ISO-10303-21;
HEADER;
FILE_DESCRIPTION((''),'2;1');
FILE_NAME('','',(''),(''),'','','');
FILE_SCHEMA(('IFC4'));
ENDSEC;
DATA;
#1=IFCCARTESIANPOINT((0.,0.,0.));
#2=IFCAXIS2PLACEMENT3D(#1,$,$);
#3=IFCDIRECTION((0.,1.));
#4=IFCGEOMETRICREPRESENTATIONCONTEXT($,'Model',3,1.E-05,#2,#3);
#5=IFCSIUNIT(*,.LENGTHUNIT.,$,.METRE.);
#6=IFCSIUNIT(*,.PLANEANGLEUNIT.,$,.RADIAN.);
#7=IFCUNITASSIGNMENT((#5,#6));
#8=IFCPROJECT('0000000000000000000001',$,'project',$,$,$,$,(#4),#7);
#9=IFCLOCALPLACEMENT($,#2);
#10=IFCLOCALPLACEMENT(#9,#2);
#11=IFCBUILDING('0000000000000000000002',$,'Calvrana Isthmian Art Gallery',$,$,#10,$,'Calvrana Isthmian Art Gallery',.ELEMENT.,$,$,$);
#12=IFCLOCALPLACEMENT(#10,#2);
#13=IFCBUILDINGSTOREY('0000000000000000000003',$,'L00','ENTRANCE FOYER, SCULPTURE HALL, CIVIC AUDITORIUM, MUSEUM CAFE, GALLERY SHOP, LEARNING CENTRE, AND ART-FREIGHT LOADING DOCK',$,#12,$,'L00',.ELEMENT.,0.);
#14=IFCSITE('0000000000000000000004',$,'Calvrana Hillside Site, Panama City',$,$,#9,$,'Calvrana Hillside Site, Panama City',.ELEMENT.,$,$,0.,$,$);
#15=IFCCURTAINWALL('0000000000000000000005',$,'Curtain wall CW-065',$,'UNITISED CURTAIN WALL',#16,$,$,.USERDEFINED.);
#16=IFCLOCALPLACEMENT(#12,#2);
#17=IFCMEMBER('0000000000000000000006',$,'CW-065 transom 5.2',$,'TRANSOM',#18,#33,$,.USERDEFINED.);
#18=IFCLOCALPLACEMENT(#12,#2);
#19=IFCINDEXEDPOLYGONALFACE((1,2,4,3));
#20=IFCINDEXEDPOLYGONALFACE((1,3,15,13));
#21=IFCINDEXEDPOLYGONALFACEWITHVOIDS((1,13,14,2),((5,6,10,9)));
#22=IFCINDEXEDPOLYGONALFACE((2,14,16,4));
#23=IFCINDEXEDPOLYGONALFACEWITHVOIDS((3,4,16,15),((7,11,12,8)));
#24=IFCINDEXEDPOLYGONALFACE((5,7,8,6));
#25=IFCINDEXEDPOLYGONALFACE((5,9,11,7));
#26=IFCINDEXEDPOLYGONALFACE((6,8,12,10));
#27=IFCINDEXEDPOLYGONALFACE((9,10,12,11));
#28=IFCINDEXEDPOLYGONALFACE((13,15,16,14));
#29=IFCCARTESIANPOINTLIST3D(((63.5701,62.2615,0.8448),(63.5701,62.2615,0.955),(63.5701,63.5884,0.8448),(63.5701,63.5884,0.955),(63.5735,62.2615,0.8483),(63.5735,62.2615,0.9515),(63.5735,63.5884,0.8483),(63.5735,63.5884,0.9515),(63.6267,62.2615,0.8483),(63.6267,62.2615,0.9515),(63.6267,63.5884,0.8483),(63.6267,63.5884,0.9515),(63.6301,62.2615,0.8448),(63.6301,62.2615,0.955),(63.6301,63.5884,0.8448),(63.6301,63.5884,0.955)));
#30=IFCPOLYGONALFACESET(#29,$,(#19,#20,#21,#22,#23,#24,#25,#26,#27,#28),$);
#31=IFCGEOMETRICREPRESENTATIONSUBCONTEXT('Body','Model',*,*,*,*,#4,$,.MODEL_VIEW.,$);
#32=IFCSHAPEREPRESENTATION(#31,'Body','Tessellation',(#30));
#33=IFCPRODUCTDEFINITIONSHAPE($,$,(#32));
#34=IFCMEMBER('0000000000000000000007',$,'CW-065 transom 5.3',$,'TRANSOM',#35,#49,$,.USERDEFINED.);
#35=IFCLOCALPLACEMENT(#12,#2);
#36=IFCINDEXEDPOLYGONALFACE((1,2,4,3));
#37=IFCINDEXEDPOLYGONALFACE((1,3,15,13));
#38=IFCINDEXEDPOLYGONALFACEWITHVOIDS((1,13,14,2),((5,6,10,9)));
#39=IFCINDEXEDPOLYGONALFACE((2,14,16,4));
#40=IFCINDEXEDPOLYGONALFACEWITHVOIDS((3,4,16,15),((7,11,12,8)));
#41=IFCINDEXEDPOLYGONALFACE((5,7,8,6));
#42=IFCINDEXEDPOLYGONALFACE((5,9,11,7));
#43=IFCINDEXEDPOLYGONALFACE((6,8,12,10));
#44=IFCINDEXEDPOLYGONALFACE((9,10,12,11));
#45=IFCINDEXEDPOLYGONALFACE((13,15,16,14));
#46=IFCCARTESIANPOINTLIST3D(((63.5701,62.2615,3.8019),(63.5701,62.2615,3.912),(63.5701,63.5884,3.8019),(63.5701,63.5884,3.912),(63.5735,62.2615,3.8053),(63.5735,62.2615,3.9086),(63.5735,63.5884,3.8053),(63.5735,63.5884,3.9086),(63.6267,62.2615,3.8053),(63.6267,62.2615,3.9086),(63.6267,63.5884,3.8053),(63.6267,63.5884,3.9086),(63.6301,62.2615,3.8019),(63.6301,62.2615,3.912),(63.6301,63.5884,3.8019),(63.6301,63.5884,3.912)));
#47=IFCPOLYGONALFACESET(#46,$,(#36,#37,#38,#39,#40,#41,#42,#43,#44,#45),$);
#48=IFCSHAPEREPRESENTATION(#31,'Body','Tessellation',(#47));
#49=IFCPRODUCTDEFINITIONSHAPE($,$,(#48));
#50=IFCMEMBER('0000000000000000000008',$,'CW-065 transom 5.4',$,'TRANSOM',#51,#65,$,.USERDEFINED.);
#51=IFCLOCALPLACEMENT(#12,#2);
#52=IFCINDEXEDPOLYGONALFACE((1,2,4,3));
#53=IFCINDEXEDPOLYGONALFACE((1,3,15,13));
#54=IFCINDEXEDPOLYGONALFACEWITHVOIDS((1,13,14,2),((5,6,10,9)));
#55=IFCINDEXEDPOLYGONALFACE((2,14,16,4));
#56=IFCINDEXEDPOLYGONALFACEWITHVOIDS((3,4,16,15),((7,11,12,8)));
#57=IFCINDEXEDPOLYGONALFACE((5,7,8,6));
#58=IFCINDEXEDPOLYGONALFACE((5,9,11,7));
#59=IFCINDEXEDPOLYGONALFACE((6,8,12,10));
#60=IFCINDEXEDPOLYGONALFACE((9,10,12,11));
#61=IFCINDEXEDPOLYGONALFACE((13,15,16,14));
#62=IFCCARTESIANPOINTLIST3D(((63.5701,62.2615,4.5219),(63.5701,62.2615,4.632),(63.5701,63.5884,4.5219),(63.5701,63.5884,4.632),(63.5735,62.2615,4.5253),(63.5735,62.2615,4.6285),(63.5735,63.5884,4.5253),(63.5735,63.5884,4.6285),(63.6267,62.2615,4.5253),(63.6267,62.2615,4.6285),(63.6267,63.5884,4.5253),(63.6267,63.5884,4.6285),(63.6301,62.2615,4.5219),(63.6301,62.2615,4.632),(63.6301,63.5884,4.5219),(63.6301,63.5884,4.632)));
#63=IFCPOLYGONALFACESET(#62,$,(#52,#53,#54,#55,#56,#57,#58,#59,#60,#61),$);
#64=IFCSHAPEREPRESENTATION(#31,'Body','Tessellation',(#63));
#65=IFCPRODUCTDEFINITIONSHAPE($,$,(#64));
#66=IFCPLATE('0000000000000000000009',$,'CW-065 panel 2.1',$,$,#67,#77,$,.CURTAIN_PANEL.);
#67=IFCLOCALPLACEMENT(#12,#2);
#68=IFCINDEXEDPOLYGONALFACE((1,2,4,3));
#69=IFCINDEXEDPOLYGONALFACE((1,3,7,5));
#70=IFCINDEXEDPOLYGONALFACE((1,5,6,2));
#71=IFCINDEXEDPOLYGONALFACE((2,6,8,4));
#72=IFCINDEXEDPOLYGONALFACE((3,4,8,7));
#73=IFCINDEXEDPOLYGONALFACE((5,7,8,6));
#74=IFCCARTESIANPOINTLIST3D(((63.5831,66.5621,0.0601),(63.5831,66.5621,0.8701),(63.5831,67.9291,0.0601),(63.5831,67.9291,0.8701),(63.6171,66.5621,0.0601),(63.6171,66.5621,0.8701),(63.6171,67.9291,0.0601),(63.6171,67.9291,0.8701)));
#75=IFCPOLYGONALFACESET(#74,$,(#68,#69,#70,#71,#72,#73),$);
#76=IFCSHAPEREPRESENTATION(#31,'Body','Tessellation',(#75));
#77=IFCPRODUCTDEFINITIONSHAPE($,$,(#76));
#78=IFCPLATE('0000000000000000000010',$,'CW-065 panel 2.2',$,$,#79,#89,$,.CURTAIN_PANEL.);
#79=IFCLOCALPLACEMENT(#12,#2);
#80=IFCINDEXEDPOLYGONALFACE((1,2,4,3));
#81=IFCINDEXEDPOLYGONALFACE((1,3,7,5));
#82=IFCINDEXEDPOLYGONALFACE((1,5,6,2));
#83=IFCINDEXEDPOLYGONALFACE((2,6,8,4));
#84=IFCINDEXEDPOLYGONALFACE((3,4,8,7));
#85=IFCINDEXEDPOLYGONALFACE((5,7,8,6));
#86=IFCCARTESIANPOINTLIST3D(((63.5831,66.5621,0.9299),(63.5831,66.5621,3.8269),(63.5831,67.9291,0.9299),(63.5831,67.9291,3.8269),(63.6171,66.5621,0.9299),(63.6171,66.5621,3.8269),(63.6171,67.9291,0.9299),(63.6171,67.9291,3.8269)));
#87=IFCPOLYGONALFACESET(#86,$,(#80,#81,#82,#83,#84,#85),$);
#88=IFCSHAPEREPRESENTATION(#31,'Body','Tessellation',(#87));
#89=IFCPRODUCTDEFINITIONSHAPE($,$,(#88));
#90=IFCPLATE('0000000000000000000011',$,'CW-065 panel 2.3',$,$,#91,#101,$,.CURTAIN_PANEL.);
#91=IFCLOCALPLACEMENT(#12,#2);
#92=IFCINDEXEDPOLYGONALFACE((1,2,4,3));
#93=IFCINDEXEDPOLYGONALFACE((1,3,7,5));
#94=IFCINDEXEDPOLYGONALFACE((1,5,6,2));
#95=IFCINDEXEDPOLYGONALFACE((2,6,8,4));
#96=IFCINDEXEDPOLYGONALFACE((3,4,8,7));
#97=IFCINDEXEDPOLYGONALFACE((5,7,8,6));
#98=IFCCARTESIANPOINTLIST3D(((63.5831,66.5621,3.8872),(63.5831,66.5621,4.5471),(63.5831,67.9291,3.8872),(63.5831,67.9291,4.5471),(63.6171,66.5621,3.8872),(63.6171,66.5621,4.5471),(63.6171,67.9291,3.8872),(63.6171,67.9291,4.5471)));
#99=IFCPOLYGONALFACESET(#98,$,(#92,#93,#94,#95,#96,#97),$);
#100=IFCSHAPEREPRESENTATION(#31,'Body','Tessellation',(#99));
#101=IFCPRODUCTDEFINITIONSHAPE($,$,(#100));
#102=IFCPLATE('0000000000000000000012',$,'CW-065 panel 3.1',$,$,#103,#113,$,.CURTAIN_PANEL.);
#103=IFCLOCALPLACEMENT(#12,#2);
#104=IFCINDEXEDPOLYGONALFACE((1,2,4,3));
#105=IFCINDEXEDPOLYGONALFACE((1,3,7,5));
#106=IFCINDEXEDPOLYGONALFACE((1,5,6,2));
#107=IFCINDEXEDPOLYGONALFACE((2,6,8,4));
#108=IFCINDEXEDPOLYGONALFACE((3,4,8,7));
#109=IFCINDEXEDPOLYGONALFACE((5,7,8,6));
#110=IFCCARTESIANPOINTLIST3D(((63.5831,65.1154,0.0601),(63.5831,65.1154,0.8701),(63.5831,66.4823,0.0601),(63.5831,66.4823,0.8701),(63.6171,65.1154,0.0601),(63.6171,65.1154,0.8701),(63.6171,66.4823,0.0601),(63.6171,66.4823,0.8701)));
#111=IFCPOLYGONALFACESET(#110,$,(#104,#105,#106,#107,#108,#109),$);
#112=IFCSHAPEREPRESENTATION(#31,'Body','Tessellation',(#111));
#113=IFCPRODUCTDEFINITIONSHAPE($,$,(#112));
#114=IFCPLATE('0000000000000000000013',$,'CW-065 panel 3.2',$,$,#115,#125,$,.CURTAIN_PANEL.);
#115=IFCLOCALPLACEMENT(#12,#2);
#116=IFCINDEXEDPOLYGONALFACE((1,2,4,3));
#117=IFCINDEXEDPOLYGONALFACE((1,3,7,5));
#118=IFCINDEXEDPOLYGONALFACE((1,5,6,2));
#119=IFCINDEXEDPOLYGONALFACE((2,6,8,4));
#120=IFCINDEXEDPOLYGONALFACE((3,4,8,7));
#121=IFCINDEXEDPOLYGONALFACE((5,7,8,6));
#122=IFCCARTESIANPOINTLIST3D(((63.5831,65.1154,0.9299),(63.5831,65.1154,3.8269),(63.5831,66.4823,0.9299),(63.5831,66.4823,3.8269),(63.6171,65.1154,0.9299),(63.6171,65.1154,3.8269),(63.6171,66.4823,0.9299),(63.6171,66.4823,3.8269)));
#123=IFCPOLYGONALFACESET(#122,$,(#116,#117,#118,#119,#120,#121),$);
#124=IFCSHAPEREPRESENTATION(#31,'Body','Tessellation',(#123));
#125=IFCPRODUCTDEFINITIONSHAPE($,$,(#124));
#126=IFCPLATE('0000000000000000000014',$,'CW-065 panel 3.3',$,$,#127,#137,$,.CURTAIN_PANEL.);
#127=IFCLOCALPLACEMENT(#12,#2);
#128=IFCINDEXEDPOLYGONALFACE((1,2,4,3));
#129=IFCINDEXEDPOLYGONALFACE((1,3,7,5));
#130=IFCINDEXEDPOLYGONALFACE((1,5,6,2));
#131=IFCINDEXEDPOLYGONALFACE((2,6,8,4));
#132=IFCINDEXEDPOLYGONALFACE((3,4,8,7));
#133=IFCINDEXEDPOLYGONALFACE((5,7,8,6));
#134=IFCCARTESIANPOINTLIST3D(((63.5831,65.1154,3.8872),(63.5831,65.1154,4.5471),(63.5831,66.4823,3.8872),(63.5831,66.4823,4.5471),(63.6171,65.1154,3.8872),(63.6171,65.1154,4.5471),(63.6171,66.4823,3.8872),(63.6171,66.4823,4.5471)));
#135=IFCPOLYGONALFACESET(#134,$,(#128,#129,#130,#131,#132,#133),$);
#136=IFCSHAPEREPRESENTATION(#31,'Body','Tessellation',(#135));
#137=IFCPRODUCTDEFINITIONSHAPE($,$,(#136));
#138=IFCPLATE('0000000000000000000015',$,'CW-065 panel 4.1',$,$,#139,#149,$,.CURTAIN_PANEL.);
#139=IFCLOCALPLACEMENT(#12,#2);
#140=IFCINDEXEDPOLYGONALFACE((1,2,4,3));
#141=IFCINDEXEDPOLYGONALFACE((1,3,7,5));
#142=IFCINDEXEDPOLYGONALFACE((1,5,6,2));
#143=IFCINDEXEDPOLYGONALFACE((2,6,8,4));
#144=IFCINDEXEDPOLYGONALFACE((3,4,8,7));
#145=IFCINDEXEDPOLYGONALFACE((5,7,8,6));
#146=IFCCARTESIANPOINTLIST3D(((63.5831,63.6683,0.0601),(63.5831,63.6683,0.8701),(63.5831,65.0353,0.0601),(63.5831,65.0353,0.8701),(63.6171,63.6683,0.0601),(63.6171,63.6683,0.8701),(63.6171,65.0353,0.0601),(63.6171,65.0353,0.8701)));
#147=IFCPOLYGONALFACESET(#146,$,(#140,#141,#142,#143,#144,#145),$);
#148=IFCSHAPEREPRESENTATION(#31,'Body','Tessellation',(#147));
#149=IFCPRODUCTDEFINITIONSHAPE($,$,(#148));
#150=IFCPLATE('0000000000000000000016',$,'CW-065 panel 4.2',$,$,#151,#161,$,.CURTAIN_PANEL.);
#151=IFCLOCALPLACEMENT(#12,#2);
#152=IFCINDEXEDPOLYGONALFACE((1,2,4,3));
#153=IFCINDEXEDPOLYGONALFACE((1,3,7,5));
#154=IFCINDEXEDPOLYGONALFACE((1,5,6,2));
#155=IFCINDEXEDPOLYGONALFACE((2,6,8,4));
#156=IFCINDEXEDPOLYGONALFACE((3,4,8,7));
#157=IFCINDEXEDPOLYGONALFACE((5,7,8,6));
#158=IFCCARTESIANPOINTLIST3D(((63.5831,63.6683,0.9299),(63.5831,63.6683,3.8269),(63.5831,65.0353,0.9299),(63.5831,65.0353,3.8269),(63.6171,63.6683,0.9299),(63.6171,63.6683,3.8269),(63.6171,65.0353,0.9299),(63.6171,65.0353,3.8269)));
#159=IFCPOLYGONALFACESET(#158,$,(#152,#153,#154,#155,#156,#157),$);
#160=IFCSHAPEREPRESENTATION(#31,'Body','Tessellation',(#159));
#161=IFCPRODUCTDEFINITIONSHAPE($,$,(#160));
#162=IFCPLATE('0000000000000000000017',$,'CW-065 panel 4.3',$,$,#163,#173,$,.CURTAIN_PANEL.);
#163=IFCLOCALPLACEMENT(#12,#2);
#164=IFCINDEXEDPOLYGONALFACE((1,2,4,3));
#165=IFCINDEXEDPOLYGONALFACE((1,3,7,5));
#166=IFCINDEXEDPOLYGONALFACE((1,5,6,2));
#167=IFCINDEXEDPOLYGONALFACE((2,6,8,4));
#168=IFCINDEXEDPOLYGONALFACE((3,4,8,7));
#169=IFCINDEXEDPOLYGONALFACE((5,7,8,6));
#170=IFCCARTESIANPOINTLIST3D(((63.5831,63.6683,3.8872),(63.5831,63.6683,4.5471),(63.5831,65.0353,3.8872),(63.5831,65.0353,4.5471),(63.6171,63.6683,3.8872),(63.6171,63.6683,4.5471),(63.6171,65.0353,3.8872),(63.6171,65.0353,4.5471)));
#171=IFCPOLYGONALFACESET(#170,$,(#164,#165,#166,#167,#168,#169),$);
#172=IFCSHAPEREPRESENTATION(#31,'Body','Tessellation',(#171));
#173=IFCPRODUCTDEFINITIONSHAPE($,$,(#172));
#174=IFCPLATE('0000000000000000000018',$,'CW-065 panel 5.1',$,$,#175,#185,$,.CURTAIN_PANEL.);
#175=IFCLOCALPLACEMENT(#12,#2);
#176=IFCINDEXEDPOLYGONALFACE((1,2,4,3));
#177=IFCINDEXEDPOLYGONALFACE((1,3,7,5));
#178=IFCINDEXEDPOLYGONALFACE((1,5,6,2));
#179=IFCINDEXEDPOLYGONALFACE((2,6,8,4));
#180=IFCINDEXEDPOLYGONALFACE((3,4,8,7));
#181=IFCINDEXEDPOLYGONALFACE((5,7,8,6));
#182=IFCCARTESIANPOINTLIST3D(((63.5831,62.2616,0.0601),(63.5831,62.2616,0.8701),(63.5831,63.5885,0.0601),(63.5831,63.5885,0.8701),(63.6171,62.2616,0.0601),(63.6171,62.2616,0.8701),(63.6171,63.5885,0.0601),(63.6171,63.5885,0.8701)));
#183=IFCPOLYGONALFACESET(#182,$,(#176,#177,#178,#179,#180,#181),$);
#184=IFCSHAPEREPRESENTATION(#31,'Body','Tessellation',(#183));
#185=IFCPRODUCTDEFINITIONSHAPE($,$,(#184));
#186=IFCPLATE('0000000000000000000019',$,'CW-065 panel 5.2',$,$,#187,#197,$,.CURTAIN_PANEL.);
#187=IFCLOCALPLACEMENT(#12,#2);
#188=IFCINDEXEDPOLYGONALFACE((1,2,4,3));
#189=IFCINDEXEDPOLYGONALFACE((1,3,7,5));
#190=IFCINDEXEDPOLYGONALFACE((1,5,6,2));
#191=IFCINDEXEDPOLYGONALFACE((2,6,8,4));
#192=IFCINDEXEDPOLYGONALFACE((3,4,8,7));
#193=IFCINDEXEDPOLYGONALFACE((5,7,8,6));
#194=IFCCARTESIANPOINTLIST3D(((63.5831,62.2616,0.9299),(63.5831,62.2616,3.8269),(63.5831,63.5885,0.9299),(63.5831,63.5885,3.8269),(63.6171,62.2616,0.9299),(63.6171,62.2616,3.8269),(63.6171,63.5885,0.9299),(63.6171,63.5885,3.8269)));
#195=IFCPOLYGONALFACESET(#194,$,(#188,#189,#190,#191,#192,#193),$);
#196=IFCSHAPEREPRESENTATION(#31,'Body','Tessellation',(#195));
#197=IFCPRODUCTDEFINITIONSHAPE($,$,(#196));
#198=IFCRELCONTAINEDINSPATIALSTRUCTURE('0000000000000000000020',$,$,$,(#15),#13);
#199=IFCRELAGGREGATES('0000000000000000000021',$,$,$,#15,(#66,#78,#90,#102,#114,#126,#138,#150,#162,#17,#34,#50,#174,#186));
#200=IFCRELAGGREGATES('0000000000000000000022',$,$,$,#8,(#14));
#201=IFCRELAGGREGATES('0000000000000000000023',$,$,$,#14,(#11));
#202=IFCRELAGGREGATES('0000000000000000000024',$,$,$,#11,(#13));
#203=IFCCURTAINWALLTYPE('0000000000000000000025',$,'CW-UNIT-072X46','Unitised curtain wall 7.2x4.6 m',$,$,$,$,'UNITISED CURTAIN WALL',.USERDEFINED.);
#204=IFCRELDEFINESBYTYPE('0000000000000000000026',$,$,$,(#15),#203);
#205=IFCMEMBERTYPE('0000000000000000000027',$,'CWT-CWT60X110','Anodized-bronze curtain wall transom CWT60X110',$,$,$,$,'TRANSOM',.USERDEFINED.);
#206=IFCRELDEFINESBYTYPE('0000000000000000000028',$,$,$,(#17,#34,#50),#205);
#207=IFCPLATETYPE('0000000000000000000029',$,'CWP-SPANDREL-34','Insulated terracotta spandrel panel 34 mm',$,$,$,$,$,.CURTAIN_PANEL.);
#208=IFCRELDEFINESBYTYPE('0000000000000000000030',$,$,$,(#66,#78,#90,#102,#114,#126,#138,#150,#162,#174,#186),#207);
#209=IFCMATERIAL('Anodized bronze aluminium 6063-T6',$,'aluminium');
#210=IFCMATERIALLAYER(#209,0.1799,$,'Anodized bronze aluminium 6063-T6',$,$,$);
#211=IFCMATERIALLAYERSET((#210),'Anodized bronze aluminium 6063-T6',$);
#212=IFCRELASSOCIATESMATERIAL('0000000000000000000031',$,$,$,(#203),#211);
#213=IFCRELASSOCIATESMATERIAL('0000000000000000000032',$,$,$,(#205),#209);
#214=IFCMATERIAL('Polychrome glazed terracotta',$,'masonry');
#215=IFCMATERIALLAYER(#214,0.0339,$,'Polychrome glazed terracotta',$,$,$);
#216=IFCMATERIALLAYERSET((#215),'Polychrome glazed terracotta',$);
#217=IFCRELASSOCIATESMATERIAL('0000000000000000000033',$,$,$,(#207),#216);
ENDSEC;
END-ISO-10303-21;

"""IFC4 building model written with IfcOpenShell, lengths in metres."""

from ifc_helpers import new_model, si_unit, direction, frame, origin, origin_2d, place, context, subcontext, project, spatial, rectangle, hollow_rectangle, extrude, material, layer, layer_set, material_profile, profile_set, type_object, element, aggregate, save


model = new_model("IFC4")

# Units and contexts
model_context = context("Model", 3, precision=1e-05, world=origin(), true_north=direction((0.0, 1.0)))
body_context = subcontext(model_context, "Body", "Model", "MODEL_VIEW")
ifc_project = project(units=[si_unit("LENGTHUNIT", "METRE"), si_unit("PLANEANGLEUNIT", "RADIAN")], contexts=[model_context])

# Site, building, storey
site_placement = place(None, origin())
site = spatial("IfcSite", under=ifc_project, at=site_placement, Name="Calvrana Hillside Site, Panama City", LongName="Calvrana Hillside Site, Panama City", CompositionType="ELEMENT", RefElevation=0.0)
building_placement = place(site_placement, origin())
building = spatial("IfcBuilding", under=site, at=building_placement, Name="Calvrana Isthmian Art Gallery", LongName="Calvrana Isthmian Art Gallery", CompositionType="ELEMENT")
storey_placement = place(building_placement, origin())
storey = spatial("IfcBuildingStorey", under=building, at=storey_placement, Name="L00", Description="ENTRANCE FOYER, SCULPTURE HALL, CIVIC AUDITORIUM, MUSEUM CAFE, GALLERY SHOP, LEARNING CENTRE, AND ART-FREIGHT LOADING DOCK", LongName="L00", CompositionType="ELEMENT", Elevation=0.0)

# Curtain wall, members, plates
ifc_material_1 = material(Name="Anodized bronze aluminium 6063-T6", Category="aluminium")
ifc_layer_1 = layer(ifc_material_1, 0.1799, Name="Anodized bronze aluminium 6063-T6")
ifc_layer_set_1 = layer_set([ifc_layer_1], Name="Anodized bronze aluminium 6063-T6")
curtain_wall_type = type_object("IfcCurtainWallType", Name="CW-UNIT-072X46", Description="Unitised curtain wall 7.2x4.6 m", ElementType="UNITISED CURTAIN WALL", PredefinedType="USERDEFINED", material=ifc_layer_set_1)
curtain_wall_placement = place(storey_placement, origin())
curtain_wall = element("IfcCurtainWall", 1, at=curtain_wall_placement, inside=storey, type_object=curtain_wall_type, Name="Curtain wall CW-065", ObjectType="UNITISED CURTAIN WALL", PredefinedType="USERDEFINED")
ifc_material_profile_1 = material_profile(ifc_material_1, hollow_rectangle(XDim=0.0601, YDim=0.1101, WallThickness=0.0034, at=origin_2d()), Name="CWT60X110")
ifc_profile_set_1 = profile_set([ifc_material_profile_1], Name="Anodized bronze aluminium 6063-T6")
member_type_1 = type_object("IfcMemberType", Name="CWT-CWT60X110", Description="Anodized-bronze curtain wall transom CWT60X110", ElementType="TRANSOM", PredefinedType="USERDEFINED", material=ifc_profile_set_1)
member_1_placement = place(storey_placement, frame((63.6001, 63.5884, 0.8999), z_axis=(0.0, -1.0, 0.0), x_axis=(1.0, 0.0, 0.0)))
member_1 = element("IfcMember", 2, at=member_1_placement, type_object=member_type_1, Name="CW-065 transom 5.2", ObjectType="TRANSOM", PredefinedType="USERDEFINED", context=body_context, shape_type="SweptSolid", body=[
    extrude(hollow_rectangle(XDim=0.0601, YDim=0.1101, WallThickness=0.0034, at=origin_2d()), origin(), (0.0, 0.0, 1.0), 1.3269),
])
member_2_placement = place(storey_placement, frame((63.6001, 63.5884, 3.8569), z_axis=(0.0, -1.0, 0.0), x_axis=(1.0, 0.0, 0.0)))
member_2 = element("IfcMember", 3, at=member_2_placement, type_object=member_type_1, Name="CW-065 transom 5.3", ObjectType="TRANSOM", PredefinedType="USERDEFINED", context=body_context, shape_type="SweptSolid", body=[
    extrude(hollow_rectangle(XDim=0.0601, YDim=0.1101, WallThickness=0.0034, at=origin_2d()), origin(), (0.0, 0.0, 1.0), 1.3269),
])
member_3_placement = place(storey_placement, frame((63.6001, 63.5884, 4.5769), z_axis=(0.0, -1.0, 0.0), x_axis=(1.0, 0.0, 0.0)))
member_3 = element("IfcMember", 4, at=member_3_placement, type_object=member_type_1, Name="CW-065 transom 5.4", ObjectType="TRANSOM", PredefinedType="USERDEFINED", context=body_context, shape_type="SweptSolid", body=[
    extrude(hollow_rectangle(XDim=0.0601, YDim=0.1101, WallThickness=0.0034, at=origin_2d()), origin(), (0.0, 0.0, 1.0), 1.3269),
])
ifc_material_2 = material(Name="Polychrome glazed terracotta", Category="masonry")
ifc_layer_2 = layer(ifc_material_2, 0.0339, Name="Polychrome glazed terracotta")
ifc_layer_set_2 = layer_set([ifc_layer_2], Name="Polychrome glazed terracotta")
plate_type = type_object("IfcPlateType", Name="CWP-SPANDREL-34", Description="Insulated terracotta spandrel panel 34 mm", PredefinedType="CURTAIN_PANEL", material=ifc_layer_set_2)
plate_1_placement = place(storey_placement, frame((63.6001, 67.2456, 0.0601), z_axis=(0.0, 0.0, 1.0), x_axis=(0.0, -1.0, 0.0)))
plate_1 = element("IfcPlate", 5, at=plate_1_placement, type_object=plate_type, Name="CW-065 panel 2.1", PredefinedType="CURTAIN_PANEL", context=body_context, shape_type="SweptSolid", body=[
    extrude(rectangle(XDim=1.3669, YDim=0.0339, at=origin_2d()), origin(), (0.0, 0.0, 1.0), 0.8101),
])
plate_2_placement = place(storey_placement, frame((63.6001, 67.2456, 0.9299), z_axis=(0.0, 0.0, 1.0), x_axis=(0.0, -1.0, 0.0)))
plate_2 = element("IfcPlate", 6, at=plate_2_placement, type_object=plate_type, Name="CW-065 panel 2.2", PredefinedType="CURTAIN_PANEL", context=body_context, shape_type="SweptSolid", body=[
    extrude(rectangle(XDim=1.3669, YDim=0.0339, at=origin_2d()), origin(), (0.0, 0.0, 1.0), 2.897),
])
plate_3_placement = place(storey_placement, frame((63.6001, 67.2456, 3.8872), z_axis=(0.0, 0.0, 1.0), x_axis=(0.0, -1.0, 0.0)))
plate_3 = element("IfcPlate", 7, at=plate_3_placement, type_object=plate_type, Name="CW-065 panel 2.3", PredefinedType="CURTAIN_PANEL", context=body_context, shape_type="SweptSolid", body=[
    extrude(rectangle(XDim=1.3669, YDim=0.0339, at=origin_2d()), origin(), (0.0, 0.0, 1.0), 0.6599),
])
plate_4_placement = place(storey_placement, frame((63.6001, 65.7988, 0.0601), z_axis=(0.0, 0.0, 1.0), x_axis=(0.0, -1.0, 0.0)))
plate_4 = element("IfcPlate", 8, at=plate_4_placement, type_object=plate_type, Name="CW-065 panel 3.1", PredefinedType="CURTAIN_PANEL", context=body_context, shape_type="SweptSolid", body=[
    extrude(rectangle(XDim=1.3669, YDim=0.0339, at=origin_2d()), origin(), (0.0, 0.0, 1.0), 0.8101),
])
plate_5_placement = place(storey_placement, frame((63.6001, 65.7988, 0.9299), z_axis=(0.0, 0.0, 1.0), x_axis=(0.0, -1.0, 0.0)))
plate_5 = element("IfcPlate", 9, at=plate_5_placement, type_object=plate_type, Name="CW-065 panel 3.2", PredefinedType="CURTAIN_PANEL", context=body_context, shape_type="SweptSolid", body=[
    extrude(rectangle(XDim=1.3669, YDim=0.0339, at=origin_2d()), origin(), (0.0, 0.0, 1.0), 2.897),
])
plate_6_placement = place(storey_placement, frame((63.6001, 65.7988, 3.8872), z_axis=(0.0, 0.0, 1.0), x_axis=(0.0, -1.0, 0.0)))
plate_6 = element("IfcPlate", 10, at=plate_6_placement, type_object=plate_type, Name="CW-065 panel 3.3", PredefinedType="CURTAIN_PANEL", context=body_context, shape_type="SweptSolid", body=[
    extrude(rectangle(XDim=1.3669, YDim=0.0339, at=origin_2d()), origin(), (0.0, 0.0, 1.0), 0.6599),
])
plate_7_placement = place(storey_placement, frame((63.6001, 64.3518, 0.0601), z_axis=(0.0, 0.0, 1.0), x_axis=(0.0, -1.0, 0.0)))
plate_7 = element("IfcPlate", 11, at=plate_7_placement, type_object=plate_type, Name="CW-065 panel 4.1", PredefinedType="CURTAIN_PANEL", context=body_context, shape_type="SweptSolid", body=[
    extrude(rectangle(XDim=1.3669, YDim=0.0339, at=origin_2d()), origin(), (0.0, 0.0, 1.0), 0.8101),
])
plate_8_placement = place(storey_placement, frame((63.6001, 64.3518, 0.9299), z_axis=(0.0, 0.0, 1.0), x_axis=(0.0, -1.0, 0.0)))
plate_8 = element("IfcPlate", 12, at=plate_8_placement, type_object=plate_type, Name="CW-065 panel 4.2", PredefinedType="CURTAIN_PANEL", context=body_context, shape_type="SweptSolid", body=[
    extrude(rectangle(XDim=1.3669, YDim=0.0339, at=origin_2d()), origin(), (0.0, 0.0, 1.0), 2.897),
])
plate_9_placement = place(storey_placement, frame((63.6001, 64.3518, 3.8872), z_axis=(0.0, 0.0, 1.0), x_axis=(0.0, -1.0, 0.0)))
plate_9 = element("IfcPlate", 13, at=plate_9_placement, type_object=plate_type, Name="CW-065 panel 4.3", PredefinedType="CURTAIN_PANEL", context=body_context, shape_type="SweptSolid", body=[
    extrude(rectangle(XDim=1.3669, YDim=0.0339, at=origin_2d()), origin(), (0.0, 0.0, 1.0), 0.6599),
])
plate_10_placement = place(storey_placement, frame((63.6001, 62.925, 0.0601), z_axis=(0.0, 0.0, 1.0), x_axis=(0.0, -1.0, 0.0)))
plate_10 = element("IfcPlate", 14, at=plate_10_placement, type_object=plate_type, Name="CW-065 panel 5.1", PredefinedType="CURTAIN_PANEL", context=body_context, shape_type="SweptSolid", body=[
    extrude(rectangle(XDim=1.3269, YDim=0.0339, at=origin_2d()), origin(), (0.0, 0.0, 1.0), 0.8101),
])
plate_11_placement = place(storey_placement, frame((63.6001, 62.925, 0.9299), z_axis=(0.0, 0.0, 1.0), x_axis=(0.0, -1.0, 0.0)))
plate_11 = element("IfcPlate", 15, at=plate_11_placement, type_object=plate_type, Name="CW-065 panel 5.2", PredefinedType="CURTAIN_PANEL", context=body_context, shape_type="SweptSolid", body=[
    extrude(rectangle(XDim=1.3269, YDim=0.0339, at=origin_2d()), origin(), (0.0, 0.0, 1.0), 2.897),
])
aggregate(curtain_wall, [plate_1, plate_2, plate_3, plate_4, plate_5, plate_6, plate_7, plate_8, plate_9, member_1, member_2, member_3, plate_10, plate_11])

save(model, "model.ifc")
